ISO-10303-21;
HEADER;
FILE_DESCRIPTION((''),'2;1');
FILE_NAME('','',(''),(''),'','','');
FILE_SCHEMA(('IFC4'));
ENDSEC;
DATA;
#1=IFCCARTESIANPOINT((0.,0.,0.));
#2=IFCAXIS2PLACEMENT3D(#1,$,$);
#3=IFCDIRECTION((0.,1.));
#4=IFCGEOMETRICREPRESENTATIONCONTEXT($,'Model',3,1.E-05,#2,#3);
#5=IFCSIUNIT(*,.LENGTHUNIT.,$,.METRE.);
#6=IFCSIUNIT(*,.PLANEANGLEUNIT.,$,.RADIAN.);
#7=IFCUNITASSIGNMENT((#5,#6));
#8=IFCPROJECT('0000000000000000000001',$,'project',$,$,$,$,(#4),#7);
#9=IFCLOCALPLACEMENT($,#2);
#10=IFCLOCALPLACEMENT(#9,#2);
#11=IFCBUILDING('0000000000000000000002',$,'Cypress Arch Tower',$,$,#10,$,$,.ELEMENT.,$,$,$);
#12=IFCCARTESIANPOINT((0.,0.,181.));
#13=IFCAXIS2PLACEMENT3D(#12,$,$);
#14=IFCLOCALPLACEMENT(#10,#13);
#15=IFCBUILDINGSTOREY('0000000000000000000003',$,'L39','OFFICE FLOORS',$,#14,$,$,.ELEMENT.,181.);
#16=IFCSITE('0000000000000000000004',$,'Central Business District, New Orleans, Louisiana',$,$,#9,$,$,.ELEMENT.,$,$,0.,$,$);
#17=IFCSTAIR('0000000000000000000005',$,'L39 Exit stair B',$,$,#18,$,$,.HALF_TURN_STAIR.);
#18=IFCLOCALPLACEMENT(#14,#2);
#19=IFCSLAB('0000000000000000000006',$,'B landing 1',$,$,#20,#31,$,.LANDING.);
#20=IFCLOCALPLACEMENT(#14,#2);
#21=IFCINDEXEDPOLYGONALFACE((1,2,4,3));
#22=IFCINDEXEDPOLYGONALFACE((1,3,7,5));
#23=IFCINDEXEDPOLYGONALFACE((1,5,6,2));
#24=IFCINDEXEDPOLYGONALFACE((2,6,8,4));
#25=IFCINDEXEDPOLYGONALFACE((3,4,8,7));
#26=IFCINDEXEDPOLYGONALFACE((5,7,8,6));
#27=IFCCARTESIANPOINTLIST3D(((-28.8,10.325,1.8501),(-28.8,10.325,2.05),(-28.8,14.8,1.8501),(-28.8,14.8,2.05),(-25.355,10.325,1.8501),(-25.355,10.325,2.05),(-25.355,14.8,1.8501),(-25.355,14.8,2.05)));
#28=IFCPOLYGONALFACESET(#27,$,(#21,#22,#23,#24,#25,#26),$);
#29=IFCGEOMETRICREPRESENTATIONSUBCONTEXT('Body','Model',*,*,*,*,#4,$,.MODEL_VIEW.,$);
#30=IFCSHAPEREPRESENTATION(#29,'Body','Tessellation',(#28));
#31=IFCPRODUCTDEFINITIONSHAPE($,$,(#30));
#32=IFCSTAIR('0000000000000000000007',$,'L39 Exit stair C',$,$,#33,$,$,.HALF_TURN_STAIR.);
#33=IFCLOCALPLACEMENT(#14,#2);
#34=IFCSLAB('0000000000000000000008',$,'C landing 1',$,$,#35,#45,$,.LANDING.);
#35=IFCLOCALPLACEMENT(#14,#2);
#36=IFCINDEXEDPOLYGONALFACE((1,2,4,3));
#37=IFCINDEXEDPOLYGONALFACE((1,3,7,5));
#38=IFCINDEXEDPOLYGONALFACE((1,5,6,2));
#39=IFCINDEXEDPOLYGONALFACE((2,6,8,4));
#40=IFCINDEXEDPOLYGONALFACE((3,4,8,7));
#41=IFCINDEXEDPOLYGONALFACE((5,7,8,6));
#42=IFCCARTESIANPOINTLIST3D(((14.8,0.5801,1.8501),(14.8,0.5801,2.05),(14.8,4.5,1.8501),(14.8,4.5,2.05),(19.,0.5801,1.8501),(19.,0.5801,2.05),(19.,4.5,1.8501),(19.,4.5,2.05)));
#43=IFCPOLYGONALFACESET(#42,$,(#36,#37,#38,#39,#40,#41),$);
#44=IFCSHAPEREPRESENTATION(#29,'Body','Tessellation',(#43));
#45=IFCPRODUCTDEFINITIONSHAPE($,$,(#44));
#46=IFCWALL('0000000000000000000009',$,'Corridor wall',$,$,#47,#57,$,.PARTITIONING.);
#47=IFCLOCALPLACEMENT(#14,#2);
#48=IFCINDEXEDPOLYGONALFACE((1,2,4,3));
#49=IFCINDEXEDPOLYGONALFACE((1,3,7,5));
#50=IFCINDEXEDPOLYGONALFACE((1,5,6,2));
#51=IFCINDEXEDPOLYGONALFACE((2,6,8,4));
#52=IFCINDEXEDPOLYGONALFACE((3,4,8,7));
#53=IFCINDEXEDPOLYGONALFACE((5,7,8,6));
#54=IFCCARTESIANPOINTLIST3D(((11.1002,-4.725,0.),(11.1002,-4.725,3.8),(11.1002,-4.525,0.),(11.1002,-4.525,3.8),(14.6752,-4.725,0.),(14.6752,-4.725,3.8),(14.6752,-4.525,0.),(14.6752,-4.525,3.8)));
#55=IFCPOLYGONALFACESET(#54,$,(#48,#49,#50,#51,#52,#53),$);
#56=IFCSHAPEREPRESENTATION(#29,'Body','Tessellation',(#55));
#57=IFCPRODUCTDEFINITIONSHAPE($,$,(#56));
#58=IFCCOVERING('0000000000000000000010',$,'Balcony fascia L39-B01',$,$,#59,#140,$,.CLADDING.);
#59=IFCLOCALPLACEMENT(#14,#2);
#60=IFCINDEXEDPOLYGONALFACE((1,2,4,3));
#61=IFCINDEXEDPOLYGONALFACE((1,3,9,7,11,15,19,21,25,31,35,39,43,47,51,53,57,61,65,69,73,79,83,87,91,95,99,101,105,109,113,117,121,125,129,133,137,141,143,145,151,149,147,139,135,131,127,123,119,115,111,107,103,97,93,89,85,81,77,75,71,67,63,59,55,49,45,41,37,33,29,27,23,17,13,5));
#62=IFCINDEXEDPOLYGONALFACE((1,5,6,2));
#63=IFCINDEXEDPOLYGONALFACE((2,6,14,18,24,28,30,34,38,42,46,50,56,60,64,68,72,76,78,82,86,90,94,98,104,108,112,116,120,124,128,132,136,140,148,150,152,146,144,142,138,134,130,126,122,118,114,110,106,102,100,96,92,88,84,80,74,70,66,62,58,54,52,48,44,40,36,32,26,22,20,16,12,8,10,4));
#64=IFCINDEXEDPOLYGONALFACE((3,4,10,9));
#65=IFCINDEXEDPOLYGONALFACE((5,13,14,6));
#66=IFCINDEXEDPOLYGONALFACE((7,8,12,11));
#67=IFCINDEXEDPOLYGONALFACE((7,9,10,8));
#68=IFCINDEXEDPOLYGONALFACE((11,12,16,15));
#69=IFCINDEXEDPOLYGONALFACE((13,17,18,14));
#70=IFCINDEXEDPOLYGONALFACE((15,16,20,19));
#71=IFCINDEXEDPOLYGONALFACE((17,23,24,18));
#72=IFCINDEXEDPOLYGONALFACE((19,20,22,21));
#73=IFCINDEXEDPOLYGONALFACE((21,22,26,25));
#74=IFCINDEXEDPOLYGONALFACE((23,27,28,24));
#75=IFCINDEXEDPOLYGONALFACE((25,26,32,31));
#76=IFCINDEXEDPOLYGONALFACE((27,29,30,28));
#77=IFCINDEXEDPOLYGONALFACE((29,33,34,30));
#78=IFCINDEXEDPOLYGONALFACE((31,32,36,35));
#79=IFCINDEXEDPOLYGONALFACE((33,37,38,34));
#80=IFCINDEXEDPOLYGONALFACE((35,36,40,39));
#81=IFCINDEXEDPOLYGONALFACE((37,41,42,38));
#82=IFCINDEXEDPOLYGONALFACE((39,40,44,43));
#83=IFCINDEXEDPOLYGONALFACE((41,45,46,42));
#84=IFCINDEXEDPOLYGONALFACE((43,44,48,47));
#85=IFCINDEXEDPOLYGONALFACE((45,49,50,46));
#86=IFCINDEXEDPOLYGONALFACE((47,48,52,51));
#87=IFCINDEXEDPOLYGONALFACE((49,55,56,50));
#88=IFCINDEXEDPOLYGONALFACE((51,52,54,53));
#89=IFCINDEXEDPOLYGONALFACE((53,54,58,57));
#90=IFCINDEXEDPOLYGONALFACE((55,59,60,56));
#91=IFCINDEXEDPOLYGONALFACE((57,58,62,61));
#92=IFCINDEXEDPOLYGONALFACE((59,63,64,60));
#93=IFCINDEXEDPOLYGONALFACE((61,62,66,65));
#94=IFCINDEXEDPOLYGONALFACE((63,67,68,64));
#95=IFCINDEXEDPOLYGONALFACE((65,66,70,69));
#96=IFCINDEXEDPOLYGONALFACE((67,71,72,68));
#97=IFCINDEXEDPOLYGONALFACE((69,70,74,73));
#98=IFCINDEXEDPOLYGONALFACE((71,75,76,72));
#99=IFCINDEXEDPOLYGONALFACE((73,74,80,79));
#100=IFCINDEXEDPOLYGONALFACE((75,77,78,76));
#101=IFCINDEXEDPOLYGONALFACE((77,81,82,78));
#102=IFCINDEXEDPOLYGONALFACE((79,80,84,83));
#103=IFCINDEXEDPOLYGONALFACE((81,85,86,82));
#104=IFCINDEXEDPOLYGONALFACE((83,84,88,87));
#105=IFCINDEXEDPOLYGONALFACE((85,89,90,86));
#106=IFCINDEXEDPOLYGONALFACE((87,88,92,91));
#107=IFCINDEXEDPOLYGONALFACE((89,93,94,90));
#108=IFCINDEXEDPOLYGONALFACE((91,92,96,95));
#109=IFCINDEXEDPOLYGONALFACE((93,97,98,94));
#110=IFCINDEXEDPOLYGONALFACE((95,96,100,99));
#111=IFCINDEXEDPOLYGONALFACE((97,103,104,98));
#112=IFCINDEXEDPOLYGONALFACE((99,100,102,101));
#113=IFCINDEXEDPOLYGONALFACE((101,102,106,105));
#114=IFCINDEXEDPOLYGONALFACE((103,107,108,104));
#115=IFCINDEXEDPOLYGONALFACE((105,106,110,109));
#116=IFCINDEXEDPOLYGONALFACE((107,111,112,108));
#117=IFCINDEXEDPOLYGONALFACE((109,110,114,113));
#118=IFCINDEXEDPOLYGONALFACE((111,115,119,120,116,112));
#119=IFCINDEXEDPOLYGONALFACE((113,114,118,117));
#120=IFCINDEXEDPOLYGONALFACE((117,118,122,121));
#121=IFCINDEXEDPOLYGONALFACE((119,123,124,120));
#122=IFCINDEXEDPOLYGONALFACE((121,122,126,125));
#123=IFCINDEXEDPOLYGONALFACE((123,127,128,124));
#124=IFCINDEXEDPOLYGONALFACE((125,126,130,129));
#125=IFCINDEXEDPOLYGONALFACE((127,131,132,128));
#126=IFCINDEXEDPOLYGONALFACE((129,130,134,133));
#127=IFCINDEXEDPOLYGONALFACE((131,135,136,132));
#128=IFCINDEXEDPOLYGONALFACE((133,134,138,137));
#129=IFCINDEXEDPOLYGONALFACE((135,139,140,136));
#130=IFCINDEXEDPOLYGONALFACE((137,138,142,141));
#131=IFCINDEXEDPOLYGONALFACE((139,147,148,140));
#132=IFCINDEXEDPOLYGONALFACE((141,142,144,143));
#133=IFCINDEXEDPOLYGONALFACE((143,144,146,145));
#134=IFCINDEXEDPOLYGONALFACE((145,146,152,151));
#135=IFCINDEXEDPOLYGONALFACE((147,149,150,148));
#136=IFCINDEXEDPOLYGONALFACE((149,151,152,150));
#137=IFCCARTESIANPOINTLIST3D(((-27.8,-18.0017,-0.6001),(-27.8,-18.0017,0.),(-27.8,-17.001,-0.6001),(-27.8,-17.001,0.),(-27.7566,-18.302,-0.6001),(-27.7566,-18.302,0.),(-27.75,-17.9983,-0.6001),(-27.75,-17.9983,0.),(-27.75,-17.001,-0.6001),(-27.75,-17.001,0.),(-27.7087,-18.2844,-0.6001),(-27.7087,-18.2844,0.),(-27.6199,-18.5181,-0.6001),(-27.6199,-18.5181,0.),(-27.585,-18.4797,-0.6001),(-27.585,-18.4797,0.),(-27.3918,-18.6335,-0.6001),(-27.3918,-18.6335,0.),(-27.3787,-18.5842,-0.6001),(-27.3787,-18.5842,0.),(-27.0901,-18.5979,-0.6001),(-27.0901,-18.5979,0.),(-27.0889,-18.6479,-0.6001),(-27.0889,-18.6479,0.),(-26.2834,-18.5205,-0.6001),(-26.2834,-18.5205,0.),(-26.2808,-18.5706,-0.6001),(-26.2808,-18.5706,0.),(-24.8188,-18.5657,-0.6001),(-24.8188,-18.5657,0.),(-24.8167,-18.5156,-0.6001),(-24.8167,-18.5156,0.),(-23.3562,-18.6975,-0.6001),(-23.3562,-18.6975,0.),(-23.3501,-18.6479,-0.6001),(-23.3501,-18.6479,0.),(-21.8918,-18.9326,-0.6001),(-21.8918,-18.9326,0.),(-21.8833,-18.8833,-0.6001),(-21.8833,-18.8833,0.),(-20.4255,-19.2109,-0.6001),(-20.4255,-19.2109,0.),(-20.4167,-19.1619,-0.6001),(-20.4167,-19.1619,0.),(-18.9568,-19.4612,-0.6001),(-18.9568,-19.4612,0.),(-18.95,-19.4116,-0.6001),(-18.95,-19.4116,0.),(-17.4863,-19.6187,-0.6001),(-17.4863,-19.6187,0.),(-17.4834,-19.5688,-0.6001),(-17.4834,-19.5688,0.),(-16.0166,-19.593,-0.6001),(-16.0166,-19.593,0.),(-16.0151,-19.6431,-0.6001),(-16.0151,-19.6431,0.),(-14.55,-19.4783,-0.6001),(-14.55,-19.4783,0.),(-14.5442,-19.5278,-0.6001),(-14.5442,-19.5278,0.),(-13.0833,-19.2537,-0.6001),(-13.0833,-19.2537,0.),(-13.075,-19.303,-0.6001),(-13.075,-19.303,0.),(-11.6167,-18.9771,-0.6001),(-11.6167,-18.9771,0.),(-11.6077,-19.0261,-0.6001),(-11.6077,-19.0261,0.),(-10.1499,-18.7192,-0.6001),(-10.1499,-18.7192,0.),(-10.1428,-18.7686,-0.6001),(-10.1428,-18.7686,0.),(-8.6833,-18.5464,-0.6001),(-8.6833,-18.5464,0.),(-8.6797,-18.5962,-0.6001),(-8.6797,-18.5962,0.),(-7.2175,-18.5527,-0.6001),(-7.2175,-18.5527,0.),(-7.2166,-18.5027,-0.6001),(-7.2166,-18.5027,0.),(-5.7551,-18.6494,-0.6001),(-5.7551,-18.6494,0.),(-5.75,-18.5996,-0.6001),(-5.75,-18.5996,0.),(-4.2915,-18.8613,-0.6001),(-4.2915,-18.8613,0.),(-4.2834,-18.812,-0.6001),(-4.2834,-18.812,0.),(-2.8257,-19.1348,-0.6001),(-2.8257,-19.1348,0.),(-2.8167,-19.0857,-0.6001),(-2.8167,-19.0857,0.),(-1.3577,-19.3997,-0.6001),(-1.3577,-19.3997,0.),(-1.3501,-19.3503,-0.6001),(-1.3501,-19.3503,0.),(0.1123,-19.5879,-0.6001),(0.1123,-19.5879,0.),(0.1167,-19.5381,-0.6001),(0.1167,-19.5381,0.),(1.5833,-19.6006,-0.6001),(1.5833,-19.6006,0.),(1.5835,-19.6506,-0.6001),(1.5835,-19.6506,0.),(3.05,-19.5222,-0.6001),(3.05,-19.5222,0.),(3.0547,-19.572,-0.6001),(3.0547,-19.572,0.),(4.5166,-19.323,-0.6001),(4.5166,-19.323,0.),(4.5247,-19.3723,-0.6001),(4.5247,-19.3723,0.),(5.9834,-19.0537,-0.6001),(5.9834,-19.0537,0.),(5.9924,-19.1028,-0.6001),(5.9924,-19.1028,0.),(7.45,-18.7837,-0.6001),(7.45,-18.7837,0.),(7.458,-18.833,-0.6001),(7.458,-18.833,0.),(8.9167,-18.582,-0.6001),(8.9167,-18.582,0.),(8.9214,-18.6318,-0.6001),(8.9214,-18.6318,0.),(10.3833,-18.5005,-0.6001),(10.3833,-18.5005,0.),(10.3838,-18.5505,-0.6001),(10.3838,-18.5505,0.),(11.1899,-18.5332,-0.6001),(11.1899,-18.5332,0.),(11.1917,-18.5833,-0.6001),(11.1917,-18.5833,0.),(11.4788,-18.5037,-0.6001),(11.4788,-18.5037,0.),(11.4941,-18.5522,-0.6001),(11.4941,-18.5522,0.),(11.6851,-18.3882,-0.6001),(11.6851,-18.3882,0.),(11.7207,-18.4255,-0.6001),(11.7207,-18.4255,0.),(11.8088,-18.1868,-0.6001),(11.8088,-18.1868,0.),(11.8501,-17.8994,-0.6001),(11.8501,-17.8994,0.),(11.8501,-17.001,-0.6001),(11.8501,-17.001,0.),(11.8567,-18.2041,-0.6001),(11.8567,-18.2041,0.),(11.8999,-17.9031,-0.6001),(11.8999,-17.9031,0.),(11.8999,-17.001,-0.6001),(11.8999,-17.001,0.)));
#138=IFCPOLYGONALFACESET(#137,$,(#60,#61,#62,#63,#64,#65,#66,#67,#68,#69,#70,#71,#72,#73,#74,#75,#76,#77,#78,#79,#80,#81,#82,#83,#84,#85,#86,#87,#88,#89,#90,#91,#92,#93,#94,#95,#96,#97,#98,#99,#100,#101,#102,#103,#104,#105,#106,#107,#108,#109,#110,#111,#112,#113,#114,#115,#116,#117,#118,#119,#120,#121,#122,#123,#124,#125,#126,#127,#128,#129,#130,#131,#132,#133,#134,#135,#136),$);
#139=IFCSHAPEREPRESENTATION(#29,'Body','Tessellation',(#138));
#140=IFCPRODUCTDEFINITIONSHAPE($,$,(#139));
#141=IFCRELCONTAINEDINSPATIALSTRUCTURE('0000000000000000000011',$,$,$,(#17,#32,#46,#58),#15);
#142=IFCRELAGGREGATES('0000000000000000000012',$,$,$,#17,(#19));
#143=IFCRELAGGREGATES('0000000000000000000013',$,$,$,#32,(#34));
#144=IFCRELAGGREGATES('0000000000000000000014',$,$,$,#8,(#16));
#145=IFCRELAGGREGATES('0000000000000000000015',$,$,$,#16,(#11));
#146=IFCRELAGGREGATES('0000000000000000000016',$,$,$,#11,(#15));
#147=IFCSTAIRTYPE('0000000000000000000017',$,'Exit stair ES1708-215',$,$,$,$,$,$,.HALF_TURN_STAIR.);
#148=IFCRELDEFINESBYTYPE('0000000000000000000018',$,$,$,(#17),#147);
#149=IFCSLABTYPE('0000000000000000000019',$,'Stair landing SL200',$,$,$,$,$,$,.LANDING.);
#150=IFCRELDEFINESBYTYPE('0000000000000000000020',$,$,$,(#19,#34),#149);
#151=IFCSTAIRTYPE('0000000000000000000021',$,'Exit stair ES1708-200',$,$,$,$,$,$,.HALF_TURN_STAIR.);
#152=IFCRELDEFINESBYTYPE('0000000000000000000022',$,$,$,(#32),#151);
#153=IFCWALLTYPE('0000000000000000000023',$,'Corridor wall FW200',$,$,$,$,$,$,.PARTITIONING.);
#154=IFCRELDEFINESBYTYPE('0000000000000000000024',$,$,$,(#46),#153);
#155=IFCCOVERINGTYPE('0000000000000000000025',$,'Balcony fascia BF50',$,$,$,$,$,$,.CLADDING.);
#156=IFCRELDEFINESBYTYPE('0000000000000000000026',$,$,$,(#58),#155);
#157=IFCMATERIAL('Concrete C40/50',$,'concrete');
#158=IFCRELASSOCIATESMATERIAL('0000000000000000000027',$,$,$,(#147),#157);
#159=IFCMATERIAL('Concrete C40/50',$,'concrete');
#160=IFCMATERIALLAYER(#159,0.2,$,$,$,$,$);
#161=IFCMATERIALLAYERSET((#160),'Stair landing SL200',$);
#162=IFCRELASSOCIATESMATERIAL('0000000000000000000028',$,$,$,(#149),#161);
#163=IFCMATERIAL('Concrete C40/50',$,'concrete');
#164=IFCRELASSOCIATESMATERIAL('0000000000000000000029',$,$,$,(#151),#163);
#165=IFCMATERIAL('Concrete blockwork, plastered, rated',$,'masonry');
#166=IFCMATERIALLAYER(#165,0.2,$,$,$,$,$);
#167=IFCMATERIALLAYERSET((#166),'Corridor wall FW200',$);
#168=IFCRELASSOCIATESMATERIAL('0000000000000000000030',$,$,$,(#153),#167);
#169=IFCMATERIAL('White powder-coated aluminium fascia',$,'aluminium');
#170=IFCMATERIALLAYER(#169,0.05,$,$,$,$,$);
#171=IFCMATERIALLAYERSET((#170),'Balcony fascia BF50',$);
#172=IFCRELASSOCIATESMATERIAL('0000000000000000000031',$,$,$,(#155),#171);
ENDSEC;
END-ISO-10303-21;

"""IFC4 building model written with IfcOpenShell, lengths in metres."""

from ifc_helpers import new_model, si_unit, direction, frame, frame_2d, origin, place, context, subcontext, project, spatial, polyline, rectangle, outline, extrude, material, layer, layer_set, type_object, element, aggregate, save


model = new_model("IFC4")

# Units and contexts
model_context = context("Model", 3, precision=1e-05, world=origin(), true_north=direction((0.0, 1.0)))
body_context = subcontext(model_context, "Body", "Model", "MODEL_VIEW")
ifc_project = project(units=[si_unit("LENGTHUNIT", "METRE"), si_unit("PLANEANGLEUNIT", "RADIAN")], contexts=[model_context])

# Site, building, storey
site_placement = place(None, origin())
site = spatial("IfcSite", under=ifc_project, at=site_placement, Name="Central Business District, New Orleans, Louisiana", CompositionType="ELEMENT", RefElevation=0.0)
building_placement = place(site_placement, origin())
building = spatial("IfcBuilding", under=site, at=building_placement, Name="Cypress Arch Tower", CompositionType="ELEMENT")
storey_placement = place(building_placement, frame((0.0, 0.0, 181.0)))
storey = spatial("IfcBuildingStorey", under=building, at=storey_placement, Name="L39", Description="OFFICE FLOORS", CompositionType="ELEMENT", Elevation=181.0)

# Stairs, slabs
ifc_material_1 = material(Name="Concrete C40/50", Category="concrete")
stair_type_1 = type_object("IfcStairType", Name="Exit stair ES1708-215", PredefinedType="HALF_TURN_STAIR", material=ifc_material_1)
ifc_material_2 = material(Name="Concrete C40/50", Category="concrete")
ifc_layer_1 = layer(ifc_material_2, 0.2)
ifc_layer_set_1 = layer_set([ifc_layer_1], Name="Stair landing SL200")
slab_type_1 = type_object("IfcSlabType", Name="Stair landing SL200", PredefinedType="LANDING", material=ifc_layer_set_1)
stair_1_placement = place(storey_placement, origin())
stair_1 = element("IfcStair", 1, at=stair_1_placement, inside=storey, type_object=stair_type_1, Name="L39 Exit stair B", PredefinedType="HALF_TURN_STAIR")
slab_1_placement = place(storey_placement, frame((0.0, 0.0, 1.8501)))
slab_1 = element("IfcSlab", 2, at=slab_1_placement, type_object=slab_type_1, Name="B landing 1", PredefinedType="LANDING", context=body_context, shape_type="SweptSolid", body=[
    extrude(outline(polyline([(-25.355, 14.8), (-28.8, 14.8), (-28.8, 10.325), (-25.355, 10.325), (-25.355, 14.8)])), origin(), (0.0, 0.0, 1.0), 0.2),
])
aggregate(stair_1, [slab_1])
ifc_material_3 = material(Name="Concrete C40/50", Category="concrete")
stair_type_2 = type_object("IfcStairType", Name="Exit stair ES1708-200", PredefinedType="HALF_TURN_STAIR", material=ifc_material_3)
stair_2_placement = place(storey_placement, origin())
stair_2 = element("IfcStair", 3, at=stair_2_placement, inside=storey, type_object=stair_type_2, Name="L39 Exit stair C", PredefinedType="HALF_TURN_STAIR")
slab_2_placement = place(storey_placement, frame((0.0, 0.0, 1.8501)))
slab_2 = element("IfcSlab", 4, at=slab_2_placement, type_object=slab_type_1, Name="C landing 1", PredefinedType="LANDING", context=body_context, shape_type="SweptSolid", body=[
    extrude(outline(polyline([(19.0, 0.5801), (19.0, 4.5), (14.8, 4.5), (14.8, 0.5801), (19.0, 0.5801)])), origin(), (0.0, 0.0, 1.0), 0.2),
])
aggregate(stair_2, [slab_2])

# Wall
ifc_material_4 = material(Name="Concrete blockwork, plastered, rated", Category="masonry")
ifc_layer_2 = layer(ifc_material_4, 0.2)
ifc_layer_set_2 = layer_set([ifc_layer_2], Name="Corridor wall FW200")
wall_type = type_object("IfcWallType", Name="Corridor wall FW200", PredefinedType="PARTITIONING", material=ifc_layer_set_2)
wall_placement = place(storey_placement, frame((11.1001, -4.625, 0.0), z_axis=(0.0, 0.0, 1.0), x_axis=(1.0, 0.0, 0.0)))
element("IfcWall", 5, at=wall_placement, inside=storey, type_object=wall_type, Name="Corridor wall", PredefinedType="PARTITIONING", context=body_context, shape_type="SweptSolid", body=[
    extrude(rectangle(XDim=3.575, YDim=0.2, at=frame_2d((1.7876, 0.0))), origin(), (0.0, 0.0, 1.0), 3.8),
])

# Covering
ifc_material_5 = material(Name="White powder-coated aluminium fascia", Category="aluminium")
ifc_layer_3 = layer(ifc_material_5, 0.05)
ifc_layer_set_3 = layer_set([ifc_layer_3], Name="Balcony fascia BF50")
covering_type_1 = type_object("IfcCoveringType", Name="Balcony fascia BF50", PredefinedType="CLADDING", material=ifc_layer_set_3)
covering_1_placement = place(storey_placement, frame((0.0, 0.0, -0.6001)))
element("IfcCovering", 6, at=covering_1_placement, inside=storey, type_object=covering_type_1, Name="Balcony fascia L39-B01", PredefinedType="CLADDING", context=body_context, shape_type="SweptSolid", body=[
    extrude(outline(polyline([(11.8999, -17.9031), (11.8567, -18.2041), (11.7207, -18.4255), (11.4941, -18.5522), (11.1917, -18.5833), (10.3838, -18.5505), (8.9214, -18.6318), (7.458, -18.833), (5.9924, -19.1028), (4.5247, -19.3723), (3.0547, -19.572), (1.5835, -19.6506), (0.1123, -19.5879), (-1.3577, -19.3997), (-2.8257, -19.1348), (-4.2915, -18.8613), (-5.7551, -18.6494), (-7.2175, -18.5527), (-8.6797, -18.5962), (-10.1428, -18.7686), (-11.6077, -19.0261), (-13.075, -19.303), (-14.5442, -19.5278), (-16.0151, -19.6431), (-17.4863, -19.6187), (-18.9568, -19.4612), (-20.4255, -19.2109), (-21.8918, -18.9326), (-23.3562, -18.6975), (-24.8188, -18.5657), (-26.2808, -18.5706), (-27.0889, -18.6479), (-27.3918, -18.6335), (-27.6199, -18.5181), (-27.7566, -18.302), (-27.8, -18.0017), (-27.8, -17.001), (-27.75, -17.001), (-27.75, -17.9983), (-27.7087, -18.2844), (-27.585, -18.4797), (-27.3787, -18.5842), (-27.0901, -18.5979), (-26.2834, -18.5205), (-24.8167, -18.5156), (-23.3501, -18.6479), (-21.8833, -18.8833), (-20.4167, -19.1619), (-18.95, -19.4116), (-17.4834, -19.5688), (-16.0166, -19.593), (-14.55, -19.4783), (-13.0833, -19.2537), (-11.6167, -18.9771), (-10.1499, -18.7192), (-8.6833, -18.5464), (-7.2166, -18.5027), (-5.75, -18.5996), (-4.2834, -18.812), (-2.8167, -19.0857), (-1.3501, -19.3503), (0.1167, -19.5381), (1.5833, -19.6006), (3.05, -19.5222), (4.5166, -19.323), (5.9834, -19.0537), (7.45, -18.7837), (8.9167, -18.582), (10.3833, -18.5005), (11.1899, -18.5332), (11.4788, -18.5037), (11.6851, -18.3882), (11.8088, -18.1868), (11.8501, -17.8994), (11.8501, -17.001), (11.8999, -17.001), (11.8999, -17.9031)])), origin(), (0.0, 0.0, 1.0), 0.6001),
])

save(model, "model.ifc")
